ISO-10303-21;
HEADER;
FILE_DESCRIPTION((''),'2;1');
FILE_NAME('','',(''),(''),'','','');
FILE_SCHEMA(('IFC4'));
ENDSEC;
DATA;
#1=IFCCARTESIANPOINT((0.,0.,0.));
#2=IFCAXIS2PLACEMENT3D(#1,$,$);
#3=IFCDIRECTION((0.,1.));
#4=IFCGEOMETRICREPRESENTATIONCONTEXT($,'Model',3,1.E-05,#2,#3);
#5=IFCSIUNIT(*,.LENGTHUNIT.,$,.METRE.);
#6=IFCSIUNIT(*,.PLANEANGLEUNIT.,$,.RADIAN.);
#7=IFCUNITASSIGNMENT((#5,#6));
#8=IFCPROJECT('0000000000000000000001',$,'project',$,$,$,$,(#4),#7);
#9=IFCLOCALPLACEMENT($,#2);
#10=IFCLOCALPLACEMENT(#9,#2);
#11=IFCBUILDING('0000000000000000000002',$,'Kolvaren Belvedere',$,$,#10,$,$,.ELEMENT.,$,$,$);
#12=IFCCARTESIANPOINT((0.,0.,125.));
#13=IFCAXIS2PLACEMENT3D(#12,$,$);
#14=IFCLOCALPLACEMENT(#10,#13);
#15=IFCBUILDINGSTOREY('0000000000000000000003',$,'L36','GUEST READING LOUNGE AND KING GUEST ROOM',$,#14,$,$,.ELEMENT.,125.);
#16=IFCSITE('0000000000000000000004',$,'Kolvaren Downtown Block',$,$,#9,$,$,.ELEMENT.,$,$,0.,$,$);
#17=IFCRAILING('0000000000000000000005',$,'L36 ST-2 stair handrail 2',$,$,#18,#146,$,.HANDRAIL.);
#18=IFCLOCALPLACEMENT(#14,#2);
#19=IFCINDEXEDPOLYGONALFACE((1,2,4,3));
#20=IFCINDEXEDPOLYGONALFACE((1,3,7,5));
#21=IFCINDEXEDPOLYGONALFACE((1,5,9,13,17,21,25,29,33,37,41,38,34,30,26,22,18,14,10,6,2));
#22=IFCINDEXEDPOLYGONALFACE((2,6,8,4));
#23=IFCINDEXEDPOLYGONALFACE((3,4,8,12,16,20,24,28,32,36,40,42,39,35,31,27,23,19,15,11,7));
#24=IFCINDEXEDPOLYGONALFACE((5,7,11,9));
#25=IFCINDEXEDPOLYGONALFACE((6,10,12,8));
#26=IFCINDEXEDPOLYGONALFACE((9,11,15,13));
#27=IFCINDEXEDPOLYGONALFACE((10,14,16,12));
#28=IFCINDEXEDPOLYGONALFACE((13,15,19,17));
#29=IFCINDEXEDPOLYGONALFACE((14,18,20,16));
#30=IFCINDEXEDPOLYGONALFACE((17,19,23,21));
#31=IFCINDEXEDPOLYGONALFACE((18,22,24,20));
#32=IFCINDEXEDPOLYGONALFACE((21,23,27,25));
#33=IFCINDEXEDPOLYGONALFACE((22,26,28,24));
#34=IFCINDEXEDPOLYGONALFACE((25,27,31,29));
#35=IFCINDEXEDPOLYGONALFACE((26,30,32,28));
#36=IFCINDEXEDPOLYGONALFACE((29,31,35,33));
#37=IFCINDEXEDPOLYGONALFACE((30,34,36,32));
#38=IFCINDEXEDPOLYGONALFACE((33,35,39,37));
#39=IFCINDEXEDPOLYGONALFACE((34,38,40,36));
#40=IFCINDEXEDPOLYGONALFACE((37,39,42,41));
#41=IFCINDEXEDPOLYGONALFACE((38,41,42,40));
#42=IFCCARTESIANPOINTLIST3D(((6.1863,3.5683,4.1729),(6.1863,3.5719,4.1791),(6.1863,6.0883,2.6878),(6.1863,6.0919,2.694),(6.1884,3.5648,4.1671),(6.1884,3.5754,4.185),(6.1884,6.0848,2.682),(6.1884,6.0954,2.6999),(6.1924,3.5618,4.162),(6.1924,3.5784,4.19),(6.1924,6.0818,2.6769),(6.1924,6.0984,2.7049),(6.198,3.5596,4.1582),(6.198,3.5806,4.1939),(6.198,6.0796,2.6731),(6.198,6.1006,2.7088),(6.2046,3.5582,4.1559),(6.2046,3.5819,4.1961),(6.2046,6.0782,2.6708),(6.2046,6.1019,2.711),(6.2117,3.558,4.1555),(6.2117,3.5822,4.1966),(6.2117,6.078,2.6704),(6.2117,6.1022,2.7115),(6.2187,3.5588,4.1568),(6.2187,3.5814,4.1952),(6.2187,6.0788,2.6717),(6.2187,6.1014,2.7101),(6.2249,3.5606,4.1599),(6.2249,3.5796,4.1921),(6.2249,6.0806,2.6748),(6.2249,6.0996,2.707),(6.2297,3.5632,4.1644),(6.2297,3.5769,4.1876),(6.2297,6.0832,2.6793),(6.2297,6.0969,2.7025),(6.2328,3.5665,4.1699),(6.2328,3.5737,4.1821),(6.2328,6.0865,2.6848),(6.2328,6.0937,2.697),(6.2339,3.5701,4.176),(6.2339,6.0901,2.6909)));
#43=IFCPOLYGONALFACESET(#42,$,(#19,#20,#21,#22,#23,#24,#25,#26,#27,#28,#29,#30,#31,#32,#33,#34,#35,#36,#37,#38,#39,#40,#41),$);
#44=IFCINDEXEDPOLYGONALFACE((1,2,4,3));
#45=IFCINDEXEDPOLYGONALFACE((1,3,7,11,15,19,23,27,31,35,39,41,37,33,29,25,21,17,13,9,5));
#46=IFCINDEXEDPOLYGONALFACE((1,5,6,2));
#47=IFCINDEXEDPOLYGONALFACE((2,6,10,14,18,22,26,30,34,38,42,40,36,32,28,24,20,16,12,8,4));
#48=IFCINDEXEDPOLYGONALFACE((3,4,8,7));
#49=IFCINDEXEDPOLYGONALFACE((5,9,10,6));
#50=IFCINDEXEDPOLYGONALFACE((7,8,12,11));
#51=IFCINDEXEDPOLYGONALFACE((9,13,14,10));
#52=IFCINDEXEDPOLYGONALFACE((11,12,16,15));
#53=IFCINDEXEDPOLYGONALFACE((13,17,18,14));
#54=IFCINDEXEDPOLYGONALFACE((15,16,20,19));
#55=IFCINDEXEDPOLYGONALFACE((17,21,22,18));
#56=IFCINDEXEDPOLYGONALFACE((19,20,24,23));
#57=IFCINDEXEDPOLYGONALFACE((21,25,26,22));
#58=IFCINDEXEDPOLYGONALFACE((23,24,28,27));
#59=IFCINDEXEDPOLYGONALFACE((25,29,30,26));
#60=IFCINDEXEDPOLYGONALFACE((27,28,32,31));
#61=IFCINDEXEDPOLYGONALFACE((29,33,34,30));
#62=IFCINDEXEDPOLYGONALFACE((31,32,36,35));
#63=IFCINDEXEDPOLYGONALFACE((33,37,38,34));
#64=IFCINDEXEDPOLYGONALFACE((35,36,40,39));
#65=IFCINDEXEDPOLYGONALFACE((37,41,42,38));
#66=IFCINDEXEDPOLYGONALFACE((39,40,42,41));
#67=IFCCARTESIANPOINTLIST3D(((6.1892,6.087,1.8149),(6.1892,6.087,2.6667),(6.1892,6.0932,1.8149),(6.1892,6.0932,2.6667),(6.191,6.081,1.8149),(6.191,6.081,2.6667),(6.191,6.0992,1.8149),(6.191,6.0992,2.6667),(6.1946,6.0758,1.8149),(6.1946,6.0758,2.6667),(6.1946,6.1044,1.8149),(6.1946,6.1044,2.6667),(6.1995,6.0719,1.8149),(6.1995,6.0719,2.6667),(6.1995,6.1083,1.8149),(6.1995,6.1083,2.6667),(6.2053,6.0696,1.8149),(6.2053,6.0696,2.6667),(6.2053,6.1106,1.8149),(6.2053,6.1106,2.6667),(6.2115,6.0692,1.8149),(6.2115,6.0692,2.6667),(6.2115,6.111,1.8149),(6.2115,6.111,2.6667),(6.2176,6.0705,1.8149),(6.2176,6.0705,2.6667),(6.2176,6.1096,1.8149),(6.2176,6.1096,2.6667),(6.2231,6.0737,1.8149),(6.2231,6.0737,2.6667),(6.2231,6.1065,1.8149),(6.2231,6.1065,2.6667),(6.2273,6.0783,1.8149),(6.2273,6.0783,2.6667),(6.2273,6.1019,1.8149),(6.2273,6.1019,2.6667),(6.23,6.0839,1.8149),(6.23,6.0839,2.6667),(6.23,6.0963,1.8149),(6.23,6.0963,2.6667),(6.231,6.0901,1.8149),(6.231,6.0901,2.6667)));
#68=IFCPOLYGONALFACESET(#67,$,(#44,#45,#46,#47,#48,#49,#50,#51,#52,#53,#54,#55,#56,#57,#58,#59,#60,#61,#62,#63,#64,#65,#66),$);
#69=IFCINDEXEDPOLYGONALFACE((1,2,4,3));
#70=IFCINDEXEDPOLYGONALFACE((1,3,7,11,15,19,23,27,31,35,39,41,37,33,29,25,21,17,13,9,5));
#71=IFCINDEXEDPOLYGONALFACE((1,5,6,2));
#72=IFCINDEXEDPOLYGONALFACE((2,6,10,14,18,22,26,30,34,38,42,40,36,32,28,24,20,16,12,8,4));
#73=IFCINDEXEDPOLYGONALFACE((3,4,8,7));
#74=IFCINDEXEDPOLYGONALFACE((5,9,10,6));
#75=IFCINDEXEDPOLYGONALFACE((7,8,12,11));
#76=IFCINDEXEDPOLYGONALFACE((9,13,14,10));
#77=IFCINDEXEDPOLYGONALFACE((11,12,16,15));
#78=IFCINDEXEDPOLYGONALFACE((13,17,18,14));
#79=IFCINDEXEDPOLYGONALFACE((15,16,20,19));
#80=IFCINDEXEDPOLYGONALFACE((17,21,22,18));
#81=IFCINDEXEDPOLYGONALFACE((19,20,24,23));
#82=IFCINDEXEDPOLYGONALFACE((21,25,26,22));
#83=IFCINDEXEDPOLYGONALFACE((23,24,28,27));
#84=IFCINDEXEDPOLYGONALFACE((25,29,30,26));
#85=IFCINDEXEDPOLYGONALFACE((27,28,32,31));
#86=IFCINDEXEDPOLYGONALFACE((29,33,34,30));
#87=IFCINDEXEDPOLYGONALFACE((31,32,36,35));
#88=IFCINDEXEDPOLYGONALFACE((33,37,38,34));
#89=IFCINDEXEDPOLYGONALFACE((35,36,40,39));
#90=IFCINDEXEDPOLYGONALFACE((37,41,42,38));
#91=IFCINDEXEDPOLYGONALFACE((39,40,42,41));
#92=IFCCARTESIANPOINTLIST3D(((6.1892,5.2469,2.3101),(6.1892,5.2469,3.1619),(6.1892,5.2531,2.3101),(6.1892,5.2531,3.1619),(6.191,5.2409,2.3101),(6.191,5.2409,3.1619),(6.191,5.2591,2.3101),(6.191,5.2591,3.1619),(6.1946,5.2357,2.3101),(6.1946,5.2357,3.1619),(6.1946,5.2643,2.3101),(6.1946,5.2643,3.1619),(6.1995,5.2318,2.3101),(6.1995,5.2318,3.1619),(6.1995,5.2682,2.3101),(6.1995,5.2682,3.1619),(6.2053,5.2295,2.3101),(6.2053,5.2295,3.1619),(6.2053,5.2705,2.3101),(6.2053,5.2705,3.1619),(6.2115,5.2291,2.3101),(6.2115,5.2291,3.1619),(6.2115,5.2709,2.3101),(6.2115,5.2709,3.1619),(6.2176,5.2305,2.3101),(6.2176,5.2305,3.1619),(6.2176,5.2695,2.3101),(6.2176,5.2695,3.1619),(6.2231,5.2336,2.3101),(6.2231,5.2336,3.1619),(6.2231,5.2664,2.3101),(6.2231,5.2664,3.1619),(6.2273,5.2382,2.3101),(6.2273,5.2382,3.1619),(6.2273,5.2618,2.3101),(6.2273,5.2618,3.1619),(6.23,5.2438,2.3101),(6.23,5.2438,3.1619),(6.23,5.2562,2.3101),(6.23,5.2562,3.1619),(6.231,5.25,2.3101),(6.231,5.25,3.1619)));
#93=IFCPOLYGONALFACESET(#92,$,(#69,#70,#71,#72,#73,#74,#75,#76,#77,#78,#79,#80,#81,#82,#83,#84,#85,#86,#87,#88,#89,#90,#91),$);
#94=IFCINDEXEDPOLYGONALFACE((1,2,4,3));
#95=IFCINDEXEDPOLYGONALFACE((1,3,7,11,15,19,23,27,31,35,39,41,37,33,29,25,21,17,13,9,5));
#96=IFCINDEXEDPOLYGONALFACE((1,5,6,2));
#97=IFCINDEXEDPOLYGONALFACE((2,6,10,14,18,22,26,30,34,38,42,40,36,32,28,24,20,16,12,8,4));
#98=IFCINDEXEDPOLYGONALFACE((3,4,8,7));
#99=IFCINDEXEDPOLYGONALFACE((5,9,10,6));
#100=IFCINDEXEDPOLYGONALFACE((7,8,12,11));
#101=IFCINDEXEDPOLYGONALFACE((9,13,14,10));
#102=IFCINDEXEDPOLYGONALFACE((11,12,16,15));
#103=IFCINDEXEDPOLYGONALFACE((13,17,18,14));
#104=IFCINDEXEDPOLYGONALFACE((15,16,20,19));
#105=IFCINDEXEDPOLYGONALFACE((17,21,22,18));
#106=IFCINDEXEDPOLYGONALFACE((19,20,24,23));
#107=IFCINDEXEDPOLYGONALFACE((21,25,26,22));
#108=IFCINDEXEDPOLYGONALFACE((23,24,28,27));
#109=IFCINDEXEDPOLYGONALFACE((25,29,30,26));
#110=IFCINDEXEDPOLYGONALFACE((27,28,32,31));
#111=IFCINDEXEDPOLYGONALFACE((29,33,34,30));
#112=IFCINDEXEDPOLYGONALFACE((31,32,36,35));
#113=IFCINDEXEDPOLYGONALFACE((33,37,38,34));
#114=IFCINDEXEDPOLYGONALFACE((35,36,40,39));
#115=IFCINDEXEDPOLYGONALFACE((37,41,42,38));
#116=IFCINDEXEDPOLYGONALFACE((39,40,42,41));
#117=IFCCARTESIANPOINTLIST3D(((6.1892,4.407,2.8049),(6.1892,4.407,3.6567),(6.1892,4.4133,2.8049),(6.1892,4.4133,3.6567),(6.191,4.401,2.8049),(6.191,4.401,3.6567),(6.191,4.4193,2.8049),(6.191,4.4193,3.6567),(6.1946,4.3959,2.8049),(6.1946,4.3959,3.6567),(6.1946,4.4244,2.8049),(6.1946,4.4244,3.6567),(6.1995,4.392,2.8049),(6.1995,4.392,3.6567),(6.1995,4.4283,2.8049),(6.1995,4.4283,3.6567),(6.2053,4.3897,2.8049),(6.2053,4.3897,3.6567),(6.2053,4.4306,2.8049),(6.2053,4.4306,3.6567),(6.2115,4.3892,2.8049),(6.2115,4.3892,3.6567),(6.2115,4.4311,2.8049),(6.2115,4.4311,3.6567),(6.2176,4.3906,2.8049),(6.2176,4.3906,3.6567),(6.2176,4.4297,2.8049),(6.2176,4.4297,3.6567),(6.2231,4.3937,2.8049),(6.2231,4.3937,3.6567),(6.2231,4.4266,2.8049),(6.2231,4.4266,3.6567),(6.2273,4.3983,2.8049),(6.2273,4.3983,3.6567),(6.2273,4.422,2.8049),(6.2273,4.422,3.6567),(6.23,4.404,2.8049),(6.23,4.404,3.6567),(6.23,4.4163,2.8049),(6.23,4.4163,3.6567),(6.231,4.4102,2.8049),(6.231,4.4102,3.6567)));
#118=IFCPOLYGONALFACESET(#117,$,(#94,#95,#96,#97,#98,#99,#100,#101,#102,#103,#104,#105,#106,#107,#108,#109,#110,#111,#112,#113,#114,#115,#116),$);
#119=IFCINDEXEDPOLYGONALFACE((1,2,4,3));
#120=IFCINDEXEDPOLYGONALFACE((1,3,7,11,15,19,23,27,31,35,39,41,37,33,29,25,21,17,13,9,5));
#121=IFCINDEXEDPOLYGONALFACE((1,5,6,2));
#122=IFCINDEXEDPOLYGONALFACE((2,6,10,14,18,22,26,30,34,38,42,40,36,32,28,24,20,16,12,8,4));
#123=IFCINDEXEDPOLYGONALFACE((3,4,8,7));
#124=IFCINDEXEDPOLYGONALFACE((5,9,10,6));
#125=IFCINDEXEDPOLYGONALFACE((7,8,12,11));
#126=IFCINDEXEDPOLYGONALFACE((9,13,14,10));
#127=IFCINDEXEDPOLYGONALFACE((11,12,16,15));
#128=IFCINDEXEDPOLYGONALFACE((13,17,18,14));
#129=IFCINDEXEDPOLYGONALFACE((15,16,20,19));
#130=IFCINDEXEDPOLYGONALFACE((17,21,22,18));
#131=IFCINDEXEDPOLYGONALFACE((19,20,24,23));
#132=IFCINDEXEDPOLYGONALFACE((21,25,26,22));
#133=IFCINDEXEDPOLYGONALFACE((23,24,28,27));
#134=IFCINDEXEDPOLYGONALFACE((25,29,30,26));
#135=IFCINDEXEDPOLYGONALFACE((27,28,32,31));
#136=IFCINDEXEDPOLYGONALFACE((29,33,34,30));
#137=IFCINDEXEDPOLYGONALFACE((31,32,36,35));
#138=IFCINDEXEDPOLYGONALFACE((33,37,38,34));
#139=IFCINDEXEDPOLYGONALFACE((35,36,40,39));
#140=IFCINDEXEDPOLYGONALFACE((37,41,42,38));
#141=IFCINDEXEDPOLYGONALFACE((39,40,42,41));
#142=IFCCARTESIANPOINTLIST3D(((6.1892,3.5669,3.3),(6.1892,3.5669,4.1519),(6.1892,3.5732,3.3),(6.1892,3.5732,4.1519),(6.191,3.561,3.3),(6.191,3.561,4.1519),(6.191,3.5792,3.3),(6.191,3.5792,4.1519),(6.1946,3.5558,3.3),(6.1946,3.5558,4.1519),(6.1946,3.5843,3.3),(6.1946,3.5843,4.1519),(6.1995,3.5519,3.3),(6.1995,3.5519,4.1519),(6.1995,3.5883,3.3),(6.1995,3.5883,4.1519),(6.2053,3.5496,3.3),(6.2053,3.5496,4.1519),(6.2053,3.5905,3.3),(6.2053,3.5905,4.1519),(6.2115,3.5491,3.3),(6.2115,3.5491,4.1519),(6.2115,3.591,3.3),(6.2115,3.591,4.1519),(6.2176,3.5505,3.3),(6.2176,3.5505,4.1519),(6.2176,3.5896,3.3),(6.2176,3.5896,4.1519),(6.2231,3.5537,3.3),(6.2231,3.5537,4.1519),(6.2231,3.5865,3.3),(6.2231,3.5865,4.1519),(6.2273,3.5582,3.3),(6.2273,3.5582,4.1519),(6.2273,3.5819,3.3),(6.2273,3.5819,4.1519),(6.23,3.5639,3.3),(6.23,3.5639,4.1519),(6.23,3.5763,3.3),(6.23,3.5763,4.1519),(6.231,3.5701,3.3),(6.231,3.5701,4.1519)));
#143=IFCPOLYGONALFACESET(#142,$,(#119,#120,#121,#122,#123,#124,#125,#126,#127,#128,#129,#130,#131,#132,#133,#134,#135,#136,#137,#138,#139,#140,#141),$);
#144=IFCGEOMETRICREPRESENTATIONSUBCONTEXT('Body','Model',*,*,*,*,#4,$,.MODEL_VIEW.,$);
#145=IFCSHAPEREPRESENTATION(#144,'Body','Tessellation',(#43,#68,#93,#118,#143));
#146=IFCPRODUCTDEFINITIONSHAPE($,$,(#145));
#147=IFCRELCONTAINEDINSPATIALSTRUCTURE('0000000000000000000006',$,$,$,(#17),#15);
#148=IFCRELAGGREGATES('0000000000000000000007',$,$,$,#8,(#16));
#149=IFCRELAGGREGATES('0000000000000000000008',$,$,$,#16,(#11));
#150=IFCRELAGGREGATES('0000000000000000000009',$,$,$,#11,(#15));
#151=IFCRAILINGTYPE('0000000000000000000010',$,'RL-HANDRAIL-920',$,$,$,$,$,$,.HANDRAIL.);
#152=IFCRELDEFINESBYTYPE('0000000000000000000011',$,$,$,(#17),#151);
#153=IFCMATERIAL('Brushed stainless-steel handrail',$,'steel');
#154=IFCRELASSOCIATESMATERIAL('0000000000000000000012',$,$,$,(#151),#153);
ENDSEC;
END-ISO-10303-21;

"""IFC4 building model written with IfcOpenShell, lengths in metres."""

from ifc_helpers import new_model, si_unit, direction, frame, origin, origin_2d, place, context, subcontext, project, spatial, circle, extrude, material, type_object, element, save


model = new_model("IFC4")

# Units and contexts
model_context = context("Model", 3, precision=1e-05, world=origin(), true_north=direction((0.0, 1.0)))
body_context = subcontext(model_context, "Body", "Model", "MODEL_VIEW")
ifc_project = project(units=[si_unit("LENGTHUNIT", "METRE"), si_unit("PLANEANGLEUNIT", "RADIAN")], contexts=[model_context])

# Site, building, storey
site_placement = place(None, origin())
site = spatial("IfcSite", under=ifc_project, at=site_placement, Name="Kolvaren Downtown Block", CompositionType="ELEMENT", RefElevation=0.0)
building_placement = place(site_placement, origin())
building = spatial("IfcBuilding", under=site, at=building_placement, Name="Kolvaren Belvedere", CompositionType="ELEMENT")
storey_placement = place(building_placement, frame((0.0, 0.0, 125.0)))
storey = spatial("IfcBuildingStorey", under=building, at=storey_placement, Name="L36", Description="GUEST READING LOUNGE AND KING GUEST ROOM", CompositionType="ELEMENT", Elevation=125.0)

# Railing
ifc_material_1 = material(Name="Brushed stainless-steel handrail", Category="steel")
railing_type_1 = type_object("IfcRailingType", Name="RL-HANDRAIL-920", PredefinedType="HANDRAIL", material=ifc_material_1)
railing_1_placement = place(storey_placement, frame((6.21, 6.0901, 1.8149)))
element("IfcRailing", 1, at=railing_1_placement, inside=storey, type_object=railing_type_1, Name="L36 ST-2 stair handrail 2", PredefinedType="HANDRAIL", context=body_context, shape_type="SweptSolid", body=[
    extrude(circle(Radius=0.0239, at=origin_2d()), frame((0.0, 0.0, 0.876), z_axis=(0.0, -0.861524, 0.507717), x_axis=(1.0, 0.0, 0.0)), (0.0, 0.0, 1.0), 2.925),
    extrude(circle(Radius=0.021, at=origin_2d()), origin(), (0.0, 0.0, 1.0), 0.8518),
    extrude(circle(Radius=0.021, at=origin_2d()), frame((0.0, -0.8401, 0.4951)), (0.0, 0.0, 1.0), 0.8518),
    extrude(circle(Radius=0.021, at=origin_2d()), frame((0.0, -1.6799, 0.99)), (0.0, 0.0, 1.0), 0.8518),
    extrude(circle(Radius=0.021, at=origin_2d()), frame((0.0, -2.52, 1.4851)), (0.0, 0.0, 1.0), 0.8518),
])

save(model, "model.ifc")
